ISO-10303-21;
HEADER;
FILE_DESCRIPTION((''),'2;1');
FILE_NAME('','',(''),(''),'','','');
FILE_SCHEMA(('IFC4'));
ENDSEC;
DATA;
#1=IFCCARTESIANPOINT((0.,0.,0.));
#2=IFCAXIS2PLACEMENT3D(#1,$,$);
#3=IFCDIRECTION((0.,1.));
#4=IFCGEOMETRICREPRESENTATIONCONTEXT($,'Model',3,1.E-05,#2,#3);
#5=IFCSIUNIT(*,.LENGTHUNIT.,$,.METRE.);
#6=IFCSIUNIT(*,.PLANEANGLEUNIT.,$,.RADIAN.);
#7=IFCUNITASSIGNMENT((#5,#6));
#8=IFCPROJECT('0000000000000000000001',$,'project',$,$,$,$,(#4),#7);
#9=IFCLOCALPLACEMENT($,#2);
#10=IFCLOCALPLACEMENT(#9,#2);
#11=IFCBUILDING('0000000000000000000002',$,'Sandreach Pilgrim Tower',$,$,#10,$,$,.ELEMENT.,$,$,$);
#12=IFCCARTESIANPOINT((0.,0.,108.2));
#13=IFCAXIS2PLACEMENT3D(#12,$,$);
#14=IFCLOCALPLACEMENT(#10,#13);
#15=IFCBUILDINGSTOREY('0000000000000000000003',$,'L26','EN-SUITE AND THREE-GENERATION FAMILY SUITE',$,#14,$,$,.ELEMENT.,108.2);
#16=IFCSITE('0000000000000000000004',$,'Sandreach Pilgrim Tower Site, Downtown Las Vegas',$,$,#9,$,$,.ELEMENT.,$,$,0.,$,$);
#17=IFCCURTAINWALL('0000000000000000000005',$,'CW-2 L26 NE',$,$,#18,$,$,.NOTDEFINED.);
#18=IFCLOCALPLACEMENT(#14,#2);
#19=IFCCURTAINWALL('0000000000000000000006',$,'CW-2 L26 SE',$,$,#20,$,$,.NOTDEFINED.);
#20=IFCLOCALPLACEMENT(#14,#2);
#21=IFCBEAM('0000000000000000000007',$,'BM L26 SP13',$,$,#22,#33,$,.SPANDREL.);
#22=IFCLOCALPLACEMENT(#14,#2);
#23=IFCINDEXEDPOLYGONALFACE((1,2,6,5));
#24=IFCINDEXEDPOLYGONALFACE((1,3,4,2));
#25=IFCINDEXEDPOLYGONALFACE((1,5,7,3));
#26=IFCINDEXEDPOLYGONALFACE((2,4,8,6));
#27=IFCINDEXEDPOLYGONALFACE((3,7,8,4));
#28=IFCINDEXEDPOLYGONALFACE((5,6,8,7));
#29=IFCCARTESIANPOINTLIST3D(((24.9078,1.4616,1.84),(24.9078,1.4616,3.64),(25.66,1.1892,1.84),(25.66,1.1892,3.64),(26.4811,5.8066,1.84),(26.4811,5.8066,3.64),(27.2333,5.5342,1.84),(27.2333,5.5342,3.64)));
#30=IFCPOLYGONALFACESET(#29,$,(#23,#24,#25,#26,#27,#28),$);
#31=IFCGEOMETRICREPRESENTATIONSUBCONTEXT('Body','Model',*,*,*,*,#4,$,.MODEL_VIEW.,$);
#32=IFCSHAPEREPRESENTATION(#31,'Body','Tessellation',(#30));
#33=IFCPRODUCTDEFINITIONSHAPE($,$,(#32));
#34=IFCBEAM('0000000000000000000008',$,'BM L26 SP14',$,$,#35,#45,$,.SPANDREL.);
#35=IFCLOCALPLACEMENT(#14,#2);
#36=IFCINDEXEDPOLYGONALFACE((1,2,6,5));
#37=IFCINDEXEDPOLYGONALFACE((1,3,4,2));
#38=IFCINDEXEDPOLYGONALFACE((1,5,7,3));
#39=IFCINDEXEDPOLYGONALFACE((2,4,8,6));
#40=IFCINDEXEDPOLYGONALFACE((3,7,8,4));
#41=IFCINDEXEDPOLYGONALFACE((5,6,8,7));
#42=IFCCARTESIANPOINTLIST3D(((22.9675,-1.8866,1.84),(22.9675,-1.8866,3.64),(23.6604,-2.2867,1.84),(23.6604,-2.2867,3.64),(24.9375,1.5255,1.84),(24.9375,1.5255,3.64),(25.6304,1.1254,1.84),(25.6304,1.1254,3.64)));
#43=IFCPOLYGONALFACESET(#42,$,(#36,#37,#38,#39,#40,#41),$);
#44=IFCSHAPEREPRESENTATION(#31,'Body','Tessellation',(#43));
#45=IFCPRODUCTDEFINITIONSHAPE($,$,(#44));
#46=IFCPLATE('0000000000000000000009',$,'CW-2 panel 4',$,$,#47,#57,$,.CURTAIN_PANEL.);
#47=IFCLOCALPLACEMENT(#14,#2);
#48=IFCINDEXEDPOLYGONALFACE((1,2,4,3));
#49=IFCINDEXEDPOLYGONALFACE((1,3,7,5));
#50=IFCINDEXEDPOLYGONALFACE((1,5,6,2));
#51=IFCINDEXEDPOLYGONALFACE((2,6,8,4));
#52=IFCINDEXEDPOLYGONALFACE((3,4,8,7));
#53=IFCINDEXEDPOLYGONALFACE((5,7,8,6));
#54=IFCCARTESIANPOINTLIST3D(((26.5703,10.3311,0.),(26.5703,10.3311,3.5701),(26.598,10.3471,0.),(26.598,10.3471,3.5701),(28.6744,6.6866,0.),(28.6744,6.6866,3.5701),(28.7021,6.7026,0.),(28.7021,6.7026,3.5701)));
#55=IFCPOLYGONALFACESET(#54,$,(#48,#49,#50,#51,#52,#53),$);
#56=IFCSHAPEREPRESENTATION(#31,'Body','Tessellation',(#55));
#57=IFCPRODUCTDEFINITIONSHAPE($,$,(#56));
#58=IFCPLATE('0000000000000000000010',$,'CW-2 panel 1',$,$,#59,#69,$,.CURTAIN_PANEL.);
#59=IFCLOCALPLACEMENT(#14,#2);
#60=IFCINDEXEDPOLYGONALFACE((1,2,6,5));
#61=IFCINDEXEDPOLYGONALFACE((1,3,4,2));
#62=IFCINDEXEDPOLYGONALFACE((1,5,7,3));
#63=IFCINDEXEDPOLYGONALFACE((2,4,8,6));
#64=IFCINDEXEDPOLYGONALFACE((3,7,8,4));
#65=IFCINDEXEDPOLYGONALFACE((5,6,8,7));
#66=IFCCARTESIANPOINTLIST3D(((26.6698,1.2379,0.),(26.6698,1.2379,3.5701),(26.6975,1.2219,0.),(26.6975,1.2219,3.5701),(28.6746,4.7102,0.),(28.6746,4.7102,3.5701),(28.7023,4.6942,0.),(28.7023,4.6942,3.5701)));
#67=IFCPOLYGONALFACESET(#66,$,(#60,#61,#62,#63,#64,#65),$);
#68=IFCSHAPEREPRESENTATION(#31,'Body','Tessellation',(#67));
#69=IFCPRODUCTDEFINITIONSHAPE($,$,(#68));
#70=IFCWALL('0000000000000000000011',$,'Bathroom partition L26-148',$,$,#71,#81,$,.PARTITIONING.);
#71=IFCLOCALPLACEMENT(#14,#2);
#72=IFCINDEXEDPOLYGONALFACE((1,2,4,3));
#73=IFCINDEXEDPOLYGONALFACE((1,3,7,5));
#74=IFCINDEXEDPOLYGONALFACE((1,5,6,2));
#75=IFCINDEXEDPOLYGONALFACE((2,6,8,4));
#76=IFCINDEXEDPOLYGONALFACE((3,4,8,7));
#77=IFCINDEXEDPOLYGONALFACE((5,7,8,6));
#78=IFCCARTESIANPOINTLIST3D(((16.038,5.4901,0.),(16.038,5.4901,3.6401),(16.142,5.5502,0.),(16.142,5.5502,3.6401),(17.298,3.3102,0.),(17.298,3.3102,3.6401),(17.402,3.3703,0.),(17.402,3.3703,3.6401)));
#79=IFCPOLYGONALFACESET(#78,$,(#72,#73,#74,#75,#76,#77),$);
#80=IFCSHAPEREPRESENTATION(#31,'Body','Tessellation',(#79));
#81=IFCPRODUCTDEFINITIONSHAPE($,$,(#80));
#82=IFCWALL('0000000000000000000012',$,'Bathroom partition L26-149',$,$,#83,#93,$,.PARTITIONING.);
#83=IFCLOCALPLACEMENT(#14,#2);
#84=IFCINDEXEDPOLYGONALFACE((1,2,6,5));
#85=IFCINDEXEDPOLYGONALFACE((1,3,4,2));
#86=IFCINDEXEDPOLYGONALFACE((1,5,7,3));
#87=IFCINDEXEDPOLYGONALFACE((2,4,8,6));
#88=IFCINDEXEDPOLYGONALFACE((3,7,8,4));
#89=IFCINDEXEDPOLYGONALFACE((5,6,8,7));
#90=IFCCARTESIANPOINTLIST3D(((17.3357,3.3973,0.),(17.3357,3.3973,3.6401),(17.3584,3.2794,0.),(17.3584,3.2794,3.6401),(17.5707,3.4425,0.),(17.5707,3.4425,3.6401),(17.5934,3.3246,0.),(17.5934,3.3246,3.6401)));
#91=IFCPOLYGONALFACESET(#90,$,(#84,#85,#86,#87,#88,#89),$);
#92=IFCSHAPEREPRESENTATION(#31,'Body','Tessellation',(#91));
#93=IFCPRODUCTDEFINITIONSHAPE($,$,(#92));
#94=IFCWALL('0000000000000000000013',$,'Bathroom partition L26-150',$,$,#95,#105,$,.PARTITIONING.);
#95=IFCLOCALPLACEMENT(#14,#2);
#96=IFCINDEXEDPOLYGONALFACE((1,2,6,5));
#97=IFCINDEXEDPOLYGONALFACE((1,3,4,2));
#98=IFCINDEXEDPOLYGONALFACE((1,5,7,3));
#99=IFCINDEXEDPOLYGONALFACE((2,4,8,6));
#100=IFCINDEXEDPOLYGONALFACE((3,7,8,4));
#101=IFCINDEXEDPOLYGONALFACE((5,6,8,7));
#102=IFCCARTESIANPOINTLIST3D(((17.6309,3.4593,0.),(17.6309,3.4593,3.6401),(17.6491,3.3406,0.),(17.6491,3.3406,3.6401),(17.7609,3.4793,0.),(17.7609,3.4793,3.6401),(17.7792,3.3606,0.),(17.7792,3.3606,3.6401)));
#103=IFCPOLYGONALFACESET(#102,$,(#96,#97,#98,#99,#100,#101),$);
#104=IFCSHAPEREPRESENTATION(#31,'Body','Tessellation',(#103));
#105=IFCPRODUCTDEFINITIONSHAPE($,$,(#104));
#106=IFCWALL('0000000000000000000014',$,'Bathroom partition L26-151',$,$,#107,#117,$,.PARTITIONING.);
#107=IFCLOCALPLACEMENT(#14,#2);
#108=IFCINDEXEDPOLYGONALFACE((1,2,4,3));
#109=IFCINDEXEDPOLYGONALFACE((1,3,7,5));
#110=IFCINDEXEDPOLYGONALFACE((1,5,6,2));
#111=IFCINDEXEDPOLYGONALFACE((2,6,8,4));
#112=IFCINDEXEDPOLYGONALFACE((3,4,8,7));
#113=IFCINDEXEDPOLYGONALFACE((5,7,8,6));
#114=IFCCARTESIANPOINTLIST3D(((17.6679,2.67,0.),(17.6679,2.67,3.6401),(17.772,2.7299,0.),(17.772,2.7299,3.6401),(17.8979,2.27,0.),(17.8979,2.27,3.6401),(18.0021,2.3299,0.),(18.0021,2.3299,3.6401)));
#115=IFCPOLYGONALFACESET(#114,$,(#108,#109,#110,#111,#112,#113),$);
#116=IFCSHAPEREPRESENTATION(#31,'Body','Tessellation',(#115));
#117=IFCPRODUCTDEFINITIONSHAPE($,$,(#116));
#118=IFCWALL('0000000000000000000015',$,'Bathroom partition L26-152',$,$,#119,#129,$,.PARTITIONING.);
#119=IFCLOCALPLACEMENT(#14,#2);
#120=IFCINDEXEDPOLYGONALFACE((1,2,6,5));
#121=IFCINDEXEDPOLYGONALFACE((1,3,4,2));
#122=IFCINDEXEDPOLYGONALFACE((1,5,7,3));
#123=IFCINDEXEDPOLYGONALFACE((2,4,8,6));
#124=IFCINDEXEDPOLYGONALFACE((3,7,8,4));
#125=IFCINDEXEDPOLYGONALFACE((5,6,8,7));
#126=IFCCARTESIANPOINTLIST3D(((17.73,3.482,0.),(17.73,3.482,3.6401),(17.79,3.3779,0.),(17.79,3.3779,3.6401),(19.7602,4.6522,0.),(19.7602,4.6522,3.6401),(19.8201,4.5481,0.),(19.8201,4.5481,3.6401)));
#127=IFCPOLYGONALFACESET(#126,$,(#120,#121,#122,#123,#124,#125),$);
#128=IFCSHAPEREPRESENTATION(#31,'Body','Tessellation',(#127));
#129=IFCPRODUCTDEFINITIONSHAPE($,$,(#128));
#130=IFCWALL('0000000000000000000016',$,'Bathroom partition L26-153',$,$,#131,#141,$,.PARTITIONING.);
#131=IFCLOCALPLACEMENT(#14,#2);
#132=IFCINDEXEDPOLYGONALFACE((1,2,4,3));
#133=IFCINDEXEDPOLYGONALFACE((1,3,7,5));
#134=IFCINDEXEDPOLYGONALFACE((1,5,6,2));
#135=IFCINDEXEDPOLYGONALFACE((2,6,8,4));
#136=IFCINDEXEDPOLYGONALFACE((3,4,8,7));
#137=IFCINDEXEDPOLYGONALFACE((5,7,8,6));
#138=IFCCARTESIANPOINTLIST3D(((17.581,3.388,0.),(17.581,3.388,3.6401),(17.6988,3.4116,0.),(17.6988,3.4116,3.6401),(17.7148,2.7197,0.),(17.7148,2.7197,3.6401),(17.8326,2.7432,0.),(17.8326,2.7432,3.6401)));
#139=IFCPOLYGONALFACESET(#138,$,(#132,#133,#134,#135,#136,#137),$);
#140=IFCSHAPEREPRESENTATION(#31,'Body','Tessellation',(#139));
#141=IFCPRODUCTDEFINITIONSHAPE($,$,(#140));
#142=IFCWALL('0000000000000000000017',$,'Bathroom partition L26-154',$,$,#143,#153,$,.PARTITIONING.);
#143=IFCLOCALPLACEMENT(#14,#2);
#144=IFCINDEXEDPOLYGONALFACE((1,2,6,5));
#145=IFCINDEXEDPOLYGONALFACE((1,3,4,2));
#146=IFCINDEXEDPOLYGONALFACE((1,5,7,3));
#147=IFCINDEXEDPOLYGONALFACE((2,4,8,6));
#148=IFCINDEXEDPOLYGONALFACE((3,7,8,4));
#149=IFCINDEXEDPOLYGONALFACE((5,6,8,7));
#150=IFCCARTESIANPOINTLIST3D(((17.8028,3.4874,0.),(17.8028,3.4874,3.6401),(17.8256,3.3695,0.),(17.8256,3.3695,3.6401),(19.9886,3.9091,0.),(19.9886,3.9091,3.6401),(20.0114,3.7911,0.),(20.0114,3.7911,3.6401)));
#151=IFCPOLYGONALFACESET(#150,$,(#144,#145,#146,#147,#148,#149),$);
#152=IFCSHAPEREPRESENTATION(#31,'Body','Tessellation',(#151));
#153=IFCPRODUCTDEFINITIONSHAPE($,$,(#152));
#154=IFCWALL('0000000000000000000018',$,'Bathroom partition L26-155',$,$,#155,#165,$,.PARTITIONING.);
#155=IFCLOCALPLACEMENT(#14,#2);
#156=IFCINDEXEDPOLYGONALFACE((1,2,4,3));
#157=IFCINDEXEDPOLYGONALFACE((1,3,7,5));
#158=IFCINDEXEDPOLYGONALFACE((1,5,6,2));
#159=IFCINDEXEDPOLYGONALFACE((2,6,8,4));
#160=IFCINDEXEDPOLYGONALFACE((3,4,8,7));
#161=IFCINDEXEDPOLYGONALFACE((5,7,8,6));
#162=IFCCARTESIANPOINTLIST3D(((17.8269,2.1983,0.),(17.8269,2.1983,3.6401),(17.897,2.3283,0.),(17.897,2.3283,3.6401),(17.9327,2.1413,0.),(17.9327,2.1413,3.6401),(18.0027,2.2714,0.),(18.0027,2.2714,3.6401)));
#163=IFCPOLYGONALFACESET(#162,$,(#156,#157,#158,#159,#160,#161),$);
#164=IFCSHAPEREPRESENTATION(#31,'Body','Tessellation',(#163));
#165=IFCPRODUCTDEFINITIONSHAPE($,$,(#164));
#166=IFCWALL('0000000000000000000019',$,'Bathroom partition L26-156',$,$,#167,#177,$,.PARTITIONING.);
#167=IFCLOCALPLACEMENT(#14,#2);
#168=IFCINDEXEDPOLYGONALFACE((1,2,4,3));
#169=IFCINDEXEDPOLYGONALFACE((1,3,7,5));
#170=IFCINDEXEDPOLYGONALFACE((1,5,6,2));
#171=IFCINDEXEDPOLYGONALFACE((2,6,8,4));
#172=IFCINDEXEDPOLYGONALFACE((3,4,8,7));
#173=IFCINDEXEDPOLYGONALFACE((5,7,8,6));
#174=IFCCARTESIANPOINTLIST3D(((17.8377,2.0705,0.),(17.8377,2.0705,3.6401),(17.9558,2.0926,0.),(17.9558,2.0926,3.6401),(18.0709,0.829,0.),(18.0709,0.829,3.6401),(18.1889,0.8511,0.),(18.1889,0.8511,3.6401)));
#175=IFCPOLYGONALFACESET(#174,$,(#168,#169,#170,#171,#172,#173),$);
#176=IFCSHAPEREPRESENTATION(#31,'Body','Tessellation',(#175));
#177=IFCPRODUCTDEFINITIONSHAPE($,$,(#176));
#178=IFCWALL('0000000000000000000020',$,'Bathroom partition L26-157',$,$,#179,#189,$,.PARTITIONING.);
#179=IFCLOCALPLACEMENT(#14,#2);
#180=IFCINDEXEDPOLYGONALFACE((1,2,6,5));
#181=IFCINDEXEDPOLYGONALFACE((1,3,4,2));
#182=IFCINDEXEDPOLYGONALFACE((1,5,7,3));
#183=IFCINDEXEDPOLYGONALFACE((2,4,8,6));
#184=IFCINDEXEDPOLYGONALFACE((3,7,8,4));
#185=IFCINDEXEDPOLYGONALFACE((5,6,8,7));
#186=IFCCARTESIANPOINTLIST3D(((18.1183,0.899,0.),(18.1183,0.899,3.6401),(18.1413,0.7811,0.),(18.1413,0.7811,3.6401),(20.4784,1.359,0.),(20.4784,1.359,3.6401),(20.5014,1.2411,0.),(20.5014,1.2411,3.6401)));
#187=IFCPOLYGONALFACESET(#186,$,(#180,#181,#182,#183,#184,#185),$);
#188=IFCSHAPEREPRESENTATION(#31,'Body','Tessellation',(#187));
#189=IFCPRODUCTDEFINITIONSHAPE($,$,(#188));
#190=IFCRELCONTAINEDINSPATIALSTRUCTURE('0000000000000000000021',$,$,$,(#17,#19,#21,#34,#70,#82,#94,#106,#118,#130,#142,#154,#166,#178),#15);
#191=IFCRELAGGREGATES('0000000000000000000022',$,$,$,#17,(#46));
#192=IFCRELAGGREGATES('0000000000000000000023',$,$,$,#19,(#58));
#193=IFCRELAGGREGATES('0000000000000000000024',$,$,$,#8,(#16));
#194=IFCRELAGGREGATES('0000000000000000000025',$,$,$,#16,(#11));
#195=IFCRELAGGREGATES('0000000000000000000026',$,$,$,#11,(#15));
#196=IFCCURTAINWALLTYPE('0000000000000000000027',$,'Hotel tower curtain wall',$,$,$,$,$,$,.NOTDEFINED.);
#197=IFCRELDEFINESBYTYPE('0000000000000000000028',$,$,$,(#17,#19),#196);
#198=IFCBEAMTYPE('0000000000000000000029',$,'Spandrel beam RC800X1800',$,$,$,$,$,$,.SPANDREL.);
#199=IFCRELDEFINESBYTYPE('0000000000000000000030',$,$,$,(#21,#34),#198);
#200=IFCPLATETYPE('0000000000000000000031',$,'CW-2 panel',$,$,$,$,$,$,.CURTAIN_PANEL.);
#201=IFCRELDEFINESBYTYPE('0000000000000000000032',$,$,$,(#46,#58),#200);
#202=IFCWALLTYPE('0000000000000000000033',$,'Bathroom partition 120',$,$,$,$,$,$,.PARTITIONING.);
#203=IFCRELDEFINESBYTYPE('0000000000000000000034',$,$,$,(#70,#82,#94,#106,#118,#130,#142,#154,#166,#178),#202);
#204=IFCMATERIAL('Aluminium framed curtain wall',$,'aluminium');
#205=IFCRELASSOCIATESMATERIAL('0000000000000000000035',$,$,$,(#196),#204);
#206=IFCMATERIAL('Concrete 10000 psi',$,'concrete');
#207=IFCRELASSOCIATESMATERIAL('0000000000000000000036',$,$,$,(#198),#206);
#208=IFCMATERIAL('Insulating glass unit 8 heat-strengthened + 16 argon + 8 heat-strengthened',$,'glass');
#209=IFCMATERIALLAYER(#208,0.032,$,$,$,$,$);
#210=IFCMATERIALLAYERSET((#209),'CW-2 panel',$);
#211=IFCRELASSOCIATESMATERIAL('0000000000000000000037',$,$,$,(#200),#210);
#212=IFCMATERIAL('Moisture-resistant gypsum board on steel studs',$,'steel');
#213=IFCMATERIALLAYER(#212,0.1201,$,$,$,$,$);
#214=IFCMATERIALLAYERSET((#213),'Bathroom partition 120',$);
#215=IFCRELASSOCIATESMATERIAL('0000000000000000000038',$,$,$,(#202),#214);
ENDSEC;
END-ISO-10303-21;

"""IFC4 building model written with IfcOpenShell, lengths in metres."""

from ifc_helpers import new_model, si_unit, direction, frame, frame_2d, origin, origin_2d, place, context, subcontext, project, spatial, rectangle, extrude, material, layer, layer_set, material_profile, profile_set, type_object, element, aggregate, save


model = new_model("IFC4")

# Units and contexts
model_context = context("Model", 3, precision=1e-05, world=origin(), true_north=direction((0.0, 1.0)))
body_context = subcontext(model_context, "Body", "Model", "MODEL_VIEW")
ifc_project = project(units=[si_unit("LENGTHUNIT", "METRE"), si_unit("PLANEANGLEUNIT", "RADIAN")], contexts=[model_context])

# Site, building, storey
site_placement = place(None, origin())
site = spatial("IfcSite", under=ifc_project, at=site_placement, Name="Sandreach Pilgrim Tower Site, Downtown Las Vegas", CompositionType="ELEMENT", RefElevation=0.0)
building_placement = place(site_placement, origin())
building = spatial("IfcBuilding", under=site, at=building_placement, Name="Sandreach Pilgrim Tower", CompositionType="ELEMENT")
storey_placement = place(building_placement, frame((0.0, 0.0, 108.2)))
storey = spatial("IfcBuildingStorey", under=building, at=storey_placement, Name="L26", Description="EN-SUITE AND THREE-GENERATION FAMILY SUITE", CompositionType="ELEMENT", Elevation=108.2)

# Curtain wall
ifc_material_1 = material(Name="Aluminium framed curtain wall", Category="aluminium")
curtain_wall_type = type_object("IfcCurtainWallType", Name="Hotel tower curtain wall", PredefinedType="NOTDEFINED", material=ifc_material_1)
curtain_wall_1_placement = place(storey_placement, origin())
curtain_wall_1 = element("IfcCurtainWall", 1, at=curtain_wall_1_placement, inside=storey, type_object=curtain_wall_type, Name="CW-2 L26 NE", PredefinedType="NOTDEFINED")

# Curtain wall
curtain_wall_2_placement = place(storey_placement, origin())
curtain_wall_2 = element("IfcCurtainWall", 2, at=curtain_wall_2_placement, inside=storey, type_object=curtain_wall_type, Name="CW-2 L26 SE", PredefinedType="NOTDEFINED")

# Beams
ifc_material_2 = material(Name="Concrete 10000 psi", Category="concrete")
ifc_material_profile_1 = material_profile(ifc_material_2, rectangle(XDim=0.8, YDim=1.8, at=origin_2d()), Name="RC800X1800")
ifc_profile_set_1 = profile_set([ifc_material_profile_1], Name="Concrete 10000 psi")
beam_type_1 = type_object("IfcBeamType", Name="Spandrel beam RC800X1800", PredefinedType="SPANDREL", material=ifc_profile_set_1)
beam_1_placement = place(storey_placement, frame((26.8572, 5.6704, 2.74), z_axis=(-0.340453, -0.940261, 0.0), x_axis=(0.940261, -0.340453, 0.0)))
element("IfcBeam", 3, at=beam_1_placement, inside=storey, type_object=beam_type_1, Name="BM L26 SP13", PredefinedType="SPANDREL", context=body_context, shape_type="SweptSolid", body=[
    extrude(rectangle(XDim=0.8, YDim=1.8, at=origin_2d()), origin(), (0.0, 0.0, 1.0), 4.6211),
])
beam_2_placement = place(storey_placement, frame((25.2839, 1.3254, 2.74), z_axis=(-0.499998, -0.866027, 0.0), x_axis=(0.866027, -0.499998, 0.0)))
element("IfcBeam", 4, at=beam_2_placement, inside=storey, type_object=beam_type_1, Name="BM L26 SP14", PredefinedType="SPANDREL", context=body_context, shape_type="SweptSolid", body=[
    extrude(rectangle(XDim=0.8, YDim=1.8, at=origin_2d()), origin(), (0.0, 0.0, 1.0), 3.9399),
])

# Plates
ifc_material_3 = material(Name="Insulating glass unit 8 heat-strengthened + 16 argon + 8 heat-strengthened", Category="glass")
ifc_layer_1 = layer(ifc_material_3, 0.032)
ifc_layer_set_1 = layer_set([ifc_layer_1], Name="CW-2 panel")
plate_type = type_object("IfcPlateType", Name="CW-2 panel", PredefinedType="CURTAIN_PANEL", material=ifc_layer_set_1)
plate_1_placement = place(storey_placement, frame((27.6362, 8.5168, 0.0), z_axis=(0.0, 0.0, 1.0), x_axis=(0.5, -0.866025, 0.0)))
plate_1 = element("IfcPlate", 5, at=plate_1_placement, type_object=plate_type, Name="CW-2 panel 4", PredefinedType="CURTAIN_PANEL", context=body_context, shape_type="SweptSolid", body=[
    extrude(rectangle(XDim=4.2083, YDim=0.032, at=origin_2d()), origin(), (0.0, 0.0, 1.0), 3.5701),
])
aggregate(curtain_wall_1, [plate_1])
plate_2_placement = place(storey_placement, frame((27.686, 2.9661, 0.0), z_axis=(0.0, 0.0, 1.0), x_axis=(-0.5, -0.866025, 0.0)))
plate_2 = element("IfcPlate", 6, at=plate_2_placement, type_object=plate_type, Name="CW-2 panel 1", PredefinedType="CURTAIN_PANEL", context=body_context, shape_type="SweptSolid", body=[
    extrude(rectangle(XDim=4.0095, YDim=0.032, at=origin_2d()), origin(), (0.0, 0.0, 1.0), 3.5701),
])
aggregate(curtain_wall_2, [plate_2])

# Walls
ifc_material_4 = material(Name="Moisture-resistant gypsum board on steel studs", Category="steel")
ifc_layer_2 = layer(ifc_material_4, 0.1201)
ifc_layer_set_2 = layer_set([ifc_layer_2], Name="Bathroom partition 120")
wall_type_1 = type_object("IfcWallType", Name="Bathroom partition 120", PredefinedType="PARTITIONING", material=ifc_layer_set_2)
wall_1_placement = place(storey_placement, frame((16.0901, 5.52, 0.0), z_axis=(0.0, 0.0, 1.0), x_axis=(0.500425, -0.86578, 0.0)))
element("IfcWall", 7, at=wall_1_placement, inside=storey, type_object=wall_type_1, Name="Bathroom partition L26-148", PredefinedType="PARTITIONING", context=body_context, shape_type="SweptSolid", body=[
    extrude(rectangle(XDim=2.5178, YDim=0.1201, at=frame_2d((1.2588, 0.0))), origin(), (0.0, 0.0, 1.0), 3.6401),
])
wall_2_placement = place(storey_placement, frame((17.582, 3.3835, 0.0), z_axis=(0.0, 0.0, 1.0), x_axis=(-0.982006, -0.188847, 0.0)))
element("IfcWall", 8, at=wall_2_placement, inside=storey, type_object=wall_type_1, Name="Bathroom partition L26-149", PredefinedType="PARTITIONING", context=body_context, shape_type="SweptSolid", body=[
    extrude(rectangle(XDim=0.2393, YDim=0.1201, at=frame_2d((0.1196, 0.0))), origin(), (0.0, 0.0, 1.0), 3.6401),
])
wall_3_placement = place(storey_placement, frame((17.6399, 3.3999, 0.0), z_axis=(0.0, 0.0, 1.0), x_axis=(0.988372, 0.152057, 0.0)))
element("IfcWall", 9, at=wall_3_placement, inside=storey, type_object=wall_type_1, Name="Bathroom partition L26-150", PredefinedType="PARTITIONING", context=body_context, shape_type="SweptSolid", body=[
    extrude(rectangle(XDim=0.1316, YDim=0.1201, at=frame_2d((0.0659, 0.0))), origin(), (0.0, 0.0, 1.0), 3.6401),
])
wall_4_placement = place(storey_placement, frame((17.72, 2.7, 0.0), z_axis=(0.0, 0.0, 1.0), x_axis=(0.498531, -0.866872, 0.0)))
element("IfcWall", 10, at=wall_4_placement, inside=storey, type_object=wall_type_1, Name="Bathroom partition L26-151", PredefinedType="PARTITIONING", context=body_context, shape_type="SweptSolid", body=[
    extrude(rectangle(XDim=0.4614, YDim=0.1201, at=frame_2d((0.2307, 0.0))), origin(), (0.0, 0.0, 1.0), 3.6401),
])
wall_5_placement = place(storey_placement, frame((17.76, 3.4299, 0.0), z_axis=(0.0, 0.0, 1.0), x_axis=(0.866371, 0.499401, 0.0)))
element("IfcWall", 11, at=wall_5_placement, inside=storey, type_object=wall_type_1, Name="Bathroom partition L26-152", PredefinedType="PARTITIONING", context=body_context, shape_type="SweptSolid", body=[
    extrude(rectangle(XDim=2.3433, YDim=0.1201, at=frame_2d((1.1716, 0.0))), origin(), (0.0, 0.0, 1.0), 3.6401),
])
wall_6_placement = place(storey_placement, frame((17.7737, 2.7314, 0.0), z_axis=(0.0, 0.0, 1.0), x_axis=(-0.196254, 0.980553, 0.0)))
element("IfcWall", 12, at=wall_6_placement, inside=storey, type_object=wall_type_1, Name="Bathroom partition L26-153", PredefinedType="PARTITIONING", context=body_context, shape_type="SweptSolid", body=[
    extrude(rectangle(XDim=0.6816, YDim=0.1201, at=frame_2d((0.3408, 0.0))), origin(), (0.0, 0.0, 1.0), 3.6401),
])
wall_7_placement = place(storey_placement, frame((17.8142, 3.4285, 0.0), z_axis=(0.0, 0.0, 1.0), x_axis=(0.981899, 0.189405, 0.0)))
element("IfcWall", 13, at=wall_7_placement, inside=storey, type_object=wall_type_1, Name="Bathroom partition L26-154", PredefinedType="PARTITIONING", context=body_context, shape_type="SweptSolid", body=[
    extrude(rectangle(XDim=2.2261, YDim=0.1201, at=frame_2d((1.113, 0.0))), origin(), (0.0, 0.0, 1.0), 3.6401),
])
wall_8_placement = place(storey_placement, frame((17.8799, 2.1699, 0.0), z_axis=(0.0, 0.0, 1.0), x_axis=(0.4741, 0.880471, 0.0)))
element("IfcWall", 14, at=wall_8_placement, inside=storey, type_object=wall_type_1, Name="Bathroom partition L26-155", PredefinedType="PARTITIONING", context=body_context, shape_type="SweptSolid", body=[
    extrude(rectangle(XDim=0.1477, YDim=0.1201, at=frame_2d((0.0737, 0.0))), origin(), (0.0, 0.0, 1.0), 3.6401),
])
wall_9_placement = place(storey_placement, frame((17.8967, 2.0815, 0.0), z_axis=(0.0, 0.0, 1.0), x_axis=(0.18458, -0.982817, 0.0)))
element("IfcWall", 15, at=wall_9_placement, inside=storey, type_object=wall_type_1, Name="Bathroom partition L26-156", PredefinedType="PARTITIONING", context=body_context, shape_type="SweptSolid", body=[
    extrude(rectangle(XDim=1.2632, YDim=0.1201, at=frame_2d((0.6316, 0.0))), origin(), (0.0, 0.0, 1.0), 3.6401),
])
wall_10_placement = place(storey_placement, frame((18.1299, 0.8401, 0.0), z_axis=(0.0, 0.0, 1.0), x_axis=(0.981533, 0.191291, 0.0)))
element("IfcWall", 16, at=wall_10_placement, inside=storey, type_object=wall_type_1, Name="Bathroom partition L26-157", PredefinedType="PARTITIONING", context=body_context, shape_type="SweptSolid", body=[
    extrude(rectangle(XDim=2.4045, YDim=0.1201, at=frame_2d((1.2021, 0.0))), origin(), (0.0, 0.0, 1.0), 3.6401),
])

save(model, "model.ifc")
